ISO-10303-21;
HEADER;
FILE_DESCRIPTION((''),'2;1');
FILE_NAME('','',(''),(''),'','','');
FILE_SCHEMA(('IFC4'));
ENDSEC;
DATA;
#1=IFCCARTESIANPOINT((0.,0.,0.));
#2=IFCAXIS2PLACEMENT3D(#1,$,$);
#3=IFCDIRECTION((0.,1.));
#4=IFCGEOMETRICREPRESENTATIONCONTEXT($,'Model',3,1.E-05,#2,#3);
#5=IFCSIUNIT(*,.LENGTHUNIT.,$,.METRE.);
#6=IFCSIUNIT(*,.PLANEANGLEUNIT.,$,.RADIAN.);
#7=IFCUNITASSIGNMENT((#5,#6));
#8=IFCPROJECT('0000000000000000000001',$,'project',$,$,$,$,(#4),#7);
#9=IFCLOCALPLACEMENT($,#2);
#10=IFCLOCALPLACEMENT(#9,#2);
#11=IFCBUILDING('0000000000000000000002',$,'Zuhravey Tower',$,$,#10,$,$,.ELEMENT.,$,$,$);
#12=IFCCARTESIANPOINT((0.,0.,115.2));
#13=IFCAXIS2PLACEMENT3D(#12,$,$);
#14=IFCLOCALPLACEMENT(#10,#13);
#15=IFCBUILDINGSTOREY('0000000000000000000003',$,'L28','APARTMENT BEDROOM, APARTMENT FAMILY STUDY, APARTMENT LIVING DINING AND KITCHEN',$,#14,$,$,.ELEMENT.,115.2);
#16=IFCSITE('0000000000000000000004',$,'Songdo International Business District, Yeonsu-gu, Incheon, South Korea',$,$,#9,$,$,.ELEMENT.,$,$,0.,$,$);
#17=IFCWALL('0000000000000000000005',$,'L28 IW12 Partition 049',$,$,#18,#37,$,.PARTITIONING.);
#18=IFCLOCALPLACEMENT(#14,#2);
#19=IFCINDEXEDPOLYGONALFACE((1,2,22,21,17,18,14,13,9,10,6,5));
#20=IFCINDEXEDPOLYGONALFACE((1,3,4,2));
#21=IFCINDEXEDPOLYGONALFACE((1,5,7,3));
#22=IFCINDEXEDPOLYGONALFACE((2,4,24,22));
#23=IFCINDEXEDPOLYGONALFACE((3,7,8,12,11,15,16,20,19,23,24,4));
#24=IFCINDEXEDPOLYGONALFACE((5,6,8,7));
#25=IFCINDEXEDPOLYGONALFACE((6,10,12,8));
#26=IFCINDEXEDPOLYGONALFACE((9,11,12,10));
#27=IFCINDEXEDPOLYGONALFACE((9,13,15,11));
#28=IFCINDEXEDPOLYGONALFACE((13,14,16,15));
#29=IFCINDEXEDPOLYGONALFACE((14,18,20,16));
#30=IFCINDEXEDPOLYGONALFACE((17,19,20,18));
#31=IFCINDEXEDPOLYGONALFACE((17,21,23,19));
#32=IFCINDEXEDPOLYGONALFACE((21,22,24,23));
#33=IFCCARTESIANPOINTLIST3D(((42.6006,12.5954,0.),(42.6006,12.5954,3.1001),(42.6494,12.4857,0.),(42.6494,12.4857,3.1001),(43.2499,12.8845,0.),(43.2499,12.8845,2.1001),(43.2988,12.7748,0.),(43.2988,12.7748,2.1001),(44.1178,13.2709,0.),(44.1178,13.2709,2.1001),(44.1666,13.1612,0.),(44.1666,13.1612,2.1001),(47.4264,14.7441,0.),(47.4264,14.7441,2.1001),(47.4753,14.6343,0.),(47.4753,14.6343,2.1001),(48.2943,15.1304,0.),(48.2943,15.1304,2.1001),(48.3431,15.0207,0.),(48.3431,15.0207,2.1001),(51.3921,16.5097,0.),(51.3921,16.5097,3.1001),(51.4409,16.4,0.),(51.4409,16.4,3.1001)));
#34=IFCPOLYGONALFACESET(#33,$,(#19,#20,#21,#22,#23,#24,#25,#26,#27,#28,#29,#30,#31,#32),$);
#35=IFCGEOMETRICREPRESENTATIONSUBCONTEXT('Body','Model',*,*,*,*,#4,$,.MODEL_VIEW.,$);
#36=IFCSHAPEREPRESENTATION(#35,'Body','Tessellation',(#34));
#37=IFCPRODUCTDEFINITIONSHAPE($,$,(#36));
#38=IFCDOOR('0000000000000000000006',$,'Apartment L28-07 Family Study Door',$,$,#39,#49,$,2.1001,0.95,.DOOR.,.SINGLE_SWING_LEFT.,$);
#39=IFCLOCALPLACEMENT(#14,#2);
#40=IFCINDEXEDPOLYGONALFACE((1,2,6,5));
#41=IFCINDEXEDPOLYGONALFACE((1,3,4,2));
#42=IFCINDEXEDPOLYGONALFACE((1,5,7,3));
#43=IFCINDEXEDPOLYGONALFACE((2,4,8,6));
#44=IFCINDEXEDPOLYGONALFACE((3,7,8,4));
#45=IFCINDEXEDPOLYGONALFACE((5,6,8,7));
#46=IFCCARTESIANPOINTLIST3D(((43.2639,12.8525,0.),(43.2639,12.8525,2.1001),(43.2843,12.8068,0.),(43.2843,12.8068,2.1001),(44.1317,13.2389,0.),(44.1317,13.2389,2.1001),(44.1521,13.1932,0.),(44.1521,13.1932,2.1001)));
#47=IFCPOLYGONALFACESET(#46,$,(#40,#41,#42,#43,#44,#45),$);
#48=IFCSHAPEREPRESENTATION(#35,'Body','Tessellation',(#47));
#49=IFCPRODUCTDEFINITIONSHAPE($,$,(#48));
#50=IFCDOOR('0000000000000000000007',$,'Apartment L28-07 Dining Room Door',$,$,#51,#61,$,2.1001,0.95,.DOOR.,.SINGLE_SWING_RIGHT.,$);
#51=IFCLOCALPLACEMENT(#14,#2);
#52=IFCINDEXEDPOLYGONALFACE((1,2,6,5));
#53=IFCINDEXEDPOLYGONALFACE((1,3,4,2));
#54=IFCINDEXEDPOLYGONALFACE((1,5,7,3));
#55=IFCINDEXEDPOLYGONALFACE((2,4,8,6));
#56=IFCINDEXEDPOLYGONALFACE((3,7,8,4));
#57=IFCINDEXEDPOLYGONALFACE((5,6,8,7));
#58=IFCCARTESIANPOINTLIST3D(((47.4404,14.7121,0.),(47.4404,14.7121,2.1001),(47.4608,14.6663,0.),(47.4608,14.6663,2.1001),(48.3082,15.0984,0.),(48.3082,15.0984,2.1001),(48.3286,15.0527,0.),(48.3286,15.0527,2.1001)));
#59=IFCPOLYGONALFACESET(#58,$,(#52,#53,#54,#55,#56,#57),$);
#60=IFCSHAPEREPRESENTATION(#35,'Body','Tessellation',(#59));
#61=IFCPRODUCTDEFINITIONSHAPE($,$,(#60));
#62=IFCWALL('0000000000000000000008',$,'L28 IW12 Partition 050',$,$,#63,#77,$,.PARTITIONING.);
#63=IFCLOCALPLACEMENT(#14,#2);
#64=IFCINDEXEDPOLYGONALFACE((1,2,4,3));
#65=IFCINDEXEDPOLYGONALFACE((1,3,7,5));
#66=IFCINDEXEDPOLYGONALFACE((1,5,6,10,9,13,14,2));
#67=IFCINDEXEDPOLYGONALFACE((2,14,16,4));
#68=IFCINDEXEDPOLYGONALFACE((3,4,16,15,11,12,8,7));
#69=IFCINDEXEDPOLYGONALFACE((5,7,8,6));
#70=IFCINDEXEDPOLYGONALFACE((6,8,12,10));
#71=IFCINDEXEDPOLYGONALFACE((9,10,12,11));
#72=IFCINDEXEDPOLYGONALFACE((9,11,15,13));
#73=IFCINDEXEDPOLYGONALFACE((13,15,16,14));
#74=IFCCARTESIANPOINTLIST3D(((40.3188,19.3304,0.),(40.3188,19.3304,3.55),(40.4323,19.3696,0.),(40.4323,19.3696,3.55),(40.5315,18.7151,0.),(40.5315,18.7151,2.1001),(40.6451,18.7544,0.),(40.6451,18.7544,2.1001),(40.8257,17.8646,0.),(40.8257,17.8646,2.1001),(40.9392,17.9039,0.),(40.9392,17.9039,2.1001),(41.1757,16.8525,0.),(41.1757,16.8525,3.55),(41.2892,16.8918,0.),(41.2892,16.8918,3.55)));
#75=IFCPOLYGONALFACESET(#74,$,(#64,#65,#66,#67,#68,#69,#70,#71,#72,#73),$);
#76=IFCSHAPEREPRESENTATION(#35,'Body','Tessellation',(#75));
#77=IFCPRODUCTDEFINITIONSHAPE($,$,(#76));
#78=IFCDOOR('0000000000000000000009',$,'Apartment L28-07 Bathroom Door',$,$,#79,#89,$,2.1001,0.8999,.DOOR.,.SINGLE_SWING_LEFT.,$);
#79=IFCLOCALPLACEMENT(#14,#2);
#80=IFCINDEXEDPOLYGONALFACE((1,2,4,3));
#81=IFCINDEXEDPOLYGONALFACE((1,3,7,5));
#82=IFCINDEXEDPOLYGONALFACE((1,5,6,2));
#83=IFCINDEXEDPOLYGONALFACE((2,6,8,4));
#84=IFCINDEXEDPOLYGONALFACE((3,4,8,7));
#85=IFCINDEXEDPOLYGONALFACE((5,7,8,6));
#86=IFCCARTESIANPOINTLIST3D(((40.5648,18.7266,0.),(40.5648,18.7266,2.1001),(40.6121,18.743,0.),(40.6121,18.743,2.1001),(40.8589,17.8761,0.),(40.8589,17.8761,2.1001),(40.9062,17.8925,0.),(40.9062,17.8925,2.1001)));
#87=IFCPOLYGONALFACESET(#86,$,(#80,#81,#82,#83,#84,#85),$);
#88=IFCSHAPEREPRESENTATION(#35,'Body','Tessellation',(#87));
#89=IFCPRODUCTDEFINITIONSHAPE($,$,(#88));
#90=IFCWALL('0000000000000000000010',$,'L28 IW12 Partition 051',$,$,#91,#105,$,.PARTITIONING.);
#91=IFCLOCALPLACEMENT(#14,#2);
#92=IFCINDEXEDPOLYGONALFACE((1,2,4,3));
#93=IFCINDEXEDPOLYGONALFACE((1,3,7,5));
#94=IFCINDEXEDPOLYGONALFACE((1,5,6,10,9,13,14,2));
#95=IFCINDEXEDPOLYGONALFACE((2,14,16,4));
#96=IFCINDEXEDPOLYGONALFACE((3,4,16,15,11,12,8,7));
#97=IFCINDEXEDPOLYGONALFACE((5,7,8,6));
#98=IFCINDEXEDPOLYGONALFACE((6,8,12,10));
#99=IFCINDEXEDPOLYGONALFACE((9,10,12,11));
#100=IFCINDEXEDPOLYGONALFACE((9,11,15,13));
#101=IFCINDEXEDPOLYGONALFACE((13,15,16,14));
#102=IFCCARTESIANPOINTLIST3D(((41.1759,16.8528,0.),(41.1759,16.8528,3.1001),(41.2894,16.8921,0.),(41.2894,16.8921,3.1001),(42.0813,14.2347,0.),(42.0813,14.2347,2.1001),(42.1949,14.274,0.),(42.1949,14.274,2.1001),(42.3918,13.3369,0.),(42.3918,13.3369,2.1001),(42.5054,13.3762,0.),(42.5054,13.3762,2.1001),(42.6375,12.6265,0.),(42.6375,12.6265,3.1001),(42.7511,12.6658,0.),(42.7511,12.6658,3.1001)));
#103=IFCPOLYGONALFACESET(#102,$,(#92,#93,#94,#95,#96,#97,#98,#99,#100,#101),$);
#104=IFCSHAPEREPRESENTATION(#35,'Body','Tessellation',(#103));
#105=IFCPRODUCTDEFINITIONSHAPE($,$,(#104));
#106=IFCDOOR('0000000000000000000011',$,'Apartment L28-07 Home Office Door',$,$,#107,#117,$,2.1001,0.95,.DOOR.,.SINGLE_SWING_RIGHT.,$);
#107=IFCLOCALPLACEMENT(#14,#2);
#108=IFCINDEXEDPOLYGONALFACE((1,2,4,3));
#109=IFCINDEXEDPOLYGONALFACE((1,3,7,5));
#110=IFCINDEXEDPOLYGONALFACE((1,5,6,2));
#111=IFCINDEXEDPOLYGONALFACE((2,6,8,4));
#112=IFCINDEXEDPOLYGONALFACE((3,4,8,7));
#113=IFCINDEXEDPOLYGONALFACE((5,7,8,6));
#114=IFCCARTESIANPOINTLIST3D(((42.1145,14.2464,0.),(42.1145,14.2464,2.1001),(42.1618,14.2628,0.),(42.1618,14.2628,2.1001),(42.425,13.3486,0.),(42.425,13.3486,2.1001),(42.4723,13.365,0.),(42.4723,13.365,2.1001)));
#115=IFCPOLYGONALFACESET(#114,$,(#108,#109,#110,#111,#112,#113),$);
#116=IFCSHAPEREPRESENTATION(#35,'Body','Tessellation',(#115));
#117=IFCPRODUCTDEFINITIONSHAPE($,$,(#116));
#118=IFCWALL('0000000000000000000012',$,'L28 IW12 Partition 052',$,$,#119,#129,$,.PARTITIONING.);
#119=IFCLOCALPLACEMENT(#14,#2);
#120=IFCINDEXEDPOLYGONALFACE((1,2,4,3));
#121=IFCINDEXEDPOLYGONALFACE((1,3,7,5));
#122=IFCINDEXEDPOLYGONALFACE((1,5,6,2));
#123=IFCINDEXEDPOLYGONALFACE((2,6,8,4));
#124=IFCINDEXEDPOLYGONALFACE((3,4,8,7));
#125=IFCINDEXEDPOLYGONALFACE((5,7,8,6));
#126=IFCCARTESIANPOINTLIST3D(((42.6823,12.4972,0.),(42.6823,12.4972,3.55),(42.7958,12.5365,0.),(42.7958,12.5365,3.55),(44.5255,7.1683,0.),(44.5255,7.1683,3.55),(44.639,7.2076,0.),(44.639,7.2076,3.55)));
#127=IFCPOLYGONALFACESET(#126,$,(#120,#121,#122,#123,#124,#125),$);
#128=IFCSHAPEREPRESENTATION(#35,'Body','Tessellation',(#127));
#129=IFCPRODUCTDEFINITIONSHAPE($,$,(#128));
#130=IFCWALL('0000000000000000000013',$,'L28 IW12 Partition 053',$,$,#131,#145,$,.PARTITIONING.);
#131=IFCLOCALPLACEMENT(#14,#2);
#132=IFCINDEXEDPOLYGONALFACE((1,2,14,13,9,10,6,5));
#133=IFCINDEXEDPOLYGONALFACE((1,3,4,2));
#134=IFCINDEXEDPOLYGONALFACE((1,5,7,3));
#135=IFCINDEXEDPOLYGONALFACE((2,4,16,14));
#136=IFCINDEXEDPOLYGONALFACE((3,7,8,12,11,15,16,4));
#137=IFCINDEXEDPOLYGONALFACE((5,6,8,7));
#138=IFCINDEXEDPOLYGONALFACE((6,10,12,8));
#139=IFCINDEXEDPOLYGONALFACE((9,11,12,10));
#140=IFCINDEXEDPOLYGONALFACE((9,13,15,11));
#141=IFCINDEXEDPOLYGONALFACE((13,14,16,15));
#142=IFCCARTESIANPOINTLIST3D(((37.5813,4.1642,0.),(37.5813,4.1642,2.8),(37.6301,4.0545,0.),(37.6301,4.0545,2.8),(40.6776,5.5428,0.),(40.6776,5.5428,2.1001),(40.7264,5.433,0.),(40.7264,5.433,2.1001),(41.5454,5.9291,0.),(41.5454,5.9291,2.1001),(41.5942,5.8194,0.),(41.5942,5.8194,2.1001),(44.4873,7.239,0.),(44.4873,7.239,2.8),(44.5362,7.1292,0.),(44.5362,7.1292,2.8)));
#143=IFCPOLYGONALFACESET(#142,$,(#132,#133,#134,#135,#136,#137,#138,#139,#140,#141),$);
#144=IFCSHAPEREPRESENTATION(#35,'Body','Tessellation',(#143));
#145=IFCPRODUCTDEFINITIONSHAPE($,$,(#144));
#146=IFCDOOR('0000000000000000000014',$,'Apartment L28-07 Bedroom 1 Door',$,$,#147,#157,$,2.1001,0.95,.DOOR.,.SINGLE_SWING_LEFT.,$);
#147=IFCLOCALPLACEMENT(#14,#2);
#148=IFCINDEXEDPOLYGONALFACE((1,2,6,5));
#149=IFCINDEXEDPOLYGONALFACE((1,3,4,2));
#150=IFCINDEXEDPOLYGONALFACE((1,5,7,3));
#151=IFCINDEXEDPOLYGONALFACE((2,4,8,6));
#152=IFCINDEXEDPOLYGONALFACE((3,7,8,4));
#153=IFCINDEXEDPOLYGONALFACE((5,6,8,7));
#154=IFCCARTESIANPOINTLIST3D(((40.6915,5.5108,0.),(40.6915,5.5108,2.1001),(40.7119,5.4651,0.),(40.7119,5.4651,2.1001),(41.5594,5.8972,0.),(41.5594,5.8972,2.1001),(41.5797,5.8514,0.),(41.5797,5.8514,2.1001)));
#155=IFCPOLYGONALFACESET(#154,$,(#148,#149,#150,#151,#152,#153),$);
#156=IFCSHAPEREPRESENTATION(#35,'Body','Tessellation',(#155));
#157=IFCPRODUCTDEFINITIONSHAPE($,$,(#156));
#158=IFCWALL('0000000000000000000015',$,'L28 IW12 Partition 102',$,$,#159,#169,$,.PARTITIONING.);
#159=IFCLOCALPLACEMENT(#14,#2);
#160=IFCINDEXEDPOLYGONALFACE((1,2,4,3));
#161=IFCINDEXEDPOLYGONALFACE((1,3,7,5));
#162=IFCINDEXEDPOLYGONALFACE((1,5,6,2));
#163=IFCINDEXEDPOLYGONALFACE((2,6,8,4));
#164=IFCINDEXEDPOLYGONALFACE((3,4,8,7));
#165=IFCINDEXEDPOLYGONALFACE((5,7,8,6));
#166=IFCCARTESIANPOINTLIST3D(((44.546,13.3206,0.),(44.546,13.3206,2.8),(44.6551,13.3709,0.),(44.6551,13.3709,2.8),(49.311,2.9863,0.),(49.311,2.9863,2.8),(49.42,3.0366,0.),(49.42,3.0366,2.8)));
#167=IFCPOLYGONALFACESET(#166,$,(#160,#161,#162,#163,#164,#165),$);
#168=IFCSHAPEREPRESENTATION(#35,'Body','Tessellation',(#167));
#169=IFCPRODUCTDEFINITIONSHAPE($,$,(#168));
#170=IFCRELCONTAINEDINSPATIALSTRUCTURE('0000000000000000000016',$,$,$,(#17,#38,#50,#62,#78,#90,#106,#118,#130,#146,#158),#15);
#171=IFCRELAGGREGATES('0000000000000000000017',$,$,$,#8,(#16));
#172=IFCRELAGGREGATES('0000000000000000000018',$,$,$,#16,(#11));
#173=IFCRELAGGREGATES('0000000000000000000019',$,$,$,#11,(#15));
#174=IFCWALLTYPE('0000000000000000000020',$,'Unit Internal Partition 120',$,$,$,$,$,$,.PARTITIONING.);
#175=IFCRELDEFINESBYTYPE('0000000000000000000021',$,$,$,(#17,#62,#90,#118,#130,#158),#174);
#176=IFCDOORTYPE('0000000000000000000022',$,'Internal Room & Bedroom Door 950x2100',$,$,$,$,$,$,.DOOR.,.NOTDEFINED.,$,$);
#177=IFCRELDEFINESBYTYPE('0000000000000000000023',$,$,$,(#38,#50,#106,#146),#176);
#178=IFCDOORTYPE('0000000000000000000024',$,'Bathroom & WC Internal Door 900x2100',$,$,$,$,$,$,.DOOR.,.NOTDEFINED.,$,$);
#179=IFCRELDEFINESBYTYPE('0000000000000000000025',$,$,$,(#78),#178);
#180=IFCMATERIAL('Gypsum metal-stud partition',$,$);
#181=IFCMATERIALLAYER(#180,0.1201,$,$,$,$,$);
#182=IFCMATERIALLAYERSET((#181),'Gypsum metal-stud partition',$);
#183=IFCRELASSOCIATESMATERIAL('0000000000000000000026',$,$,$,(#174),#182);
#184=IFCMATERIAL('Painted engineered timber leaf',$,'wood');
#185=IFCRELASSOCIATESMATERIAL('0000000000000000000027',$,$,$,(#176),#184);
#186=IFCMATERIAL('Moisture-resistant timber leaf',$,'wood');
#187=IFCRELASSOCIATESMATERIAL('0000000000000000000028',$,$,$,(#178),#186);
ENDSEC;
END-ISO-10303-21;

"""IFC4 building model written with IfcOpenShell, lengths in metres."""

from ifc_helpers import new_model, si_unit, direction, frame, frame_2d, origin, place, context, subcontext, project, spatial, rectangle, extrude, material, layer, layer_set, type_object, element, fill, save


model = new_model("IFC4")

# Units and contexts
model_context = context("Model", 3, precision=1e-05, world=origin(), true_north=direction((0.0, 1.0)))
body_context = subcontext(model_context, "Body", "Model", "MODEL_VIEW")
ifc_project = project(units=[si_unit("LENGTHUNIT", "METRE"), si_unit("PLANEANGLEUNIT", "RADIAN")], contexts=[model_context])

# Site, building, storey
site_placement = place(None, origin())
site = spatial("IfcSite", under=ifc_project, at=site_placement, Name="Songdo International Business District, Yeonsu-gu, Incheon, South Korea", CompositionType="ELEMENT", RefElevation=0.0)
building_placement = place(site_placement, origin())
building = spatial("IfcBuilding", under=site, at=building_placement, Name="Zuhravey Tower", CompositionType="ELEMENT")
storey_placement = place(building_placement, frame((0.0, 0.0, 115.2)))
storey = spatial("IfcBuildingStorey", under=building, at=storey_placement, Name="L28", Description="APARTMENT BEDROOM, APARTMENT FAMILY STUDY, APARTMENT LIVING DINING AND KITCHEN", CompositionType="ELEMENT", Elevation=115.2)

# Wall, openings, doors
ifc_material_1 = material(Name="Gypsum metal-stud partition")
ifc_layer_1 = layer(ifc_material_1, 0.1201)
ifc_layer_set_1 = layer_set([ifc_layer_1], Name="Gypsum metal-stud partition")
wall_type = type_object("IfcWallType", Name="Unit Internal Partition 120", PredefinedType="PARTITIONING", material=ifc_layer_set_1)
wall_1_placement = place(storey_placement, frame((42.625, 12.5405, 0.0), z_axis=(0.0, 0.0, 1.0), x_axis=(0.913542, 0.406743, 0.0)))
wall_1 = element("IfcWall", 1, at=wall_1_placement, inside=storey, type_object=wall_type, Name="L28 IW12 Partition 049", PredefinedType="PARTITIONING", context=body_context, shape_type="SweptSolid", body=[
    extrude(rectangle(XDim=9.6235, YDim=0.1201, at=frame_2d((4.8118, 0.0))), origin(), (0.0, 0.0, 1.0), 3.1001),
])
opening_1_placement = place(wall_1_placement, frame((0.7107, 0.0, 0.0)))
opening_1 = element("IfcOpeningElement", 2, at=opening_1_placement, cuts=wall_1, PredefinedType="OPENING", context=body_context, shape_type="SweptSolid", body=[
    extrude(rectangle(XDim=0.95, YDim=2.1001, at=frame_2d((0.4751, 1.05))), frame((0.0, 0.072, 0.0), z_axis=(0.0, -1.0, 0.0), x_axis=(1.0, 0.0, 0.0)), (0.0, 0.0, 1.0), 0.144),
])
opening_2_placement = place(wall_1_placement, frame((5.2825, 0.0, 0.0)))
opening_2 = element("IfcOpeningElement", 3, at=opening_2_placement, cuts=wall_1, PredefinedType="OPENING", context=body_context, shape_type="SweptSolid", body=[
    extrude(rectangle(XDim=0.95, YDim=2.1001, at=frame_2d((0.4751, 1.05))), frame((0.0, 0.072, 0.0), z_axis=(0.0, -1.0, 0.0), x_axis=(1.0, 0.0, 0.0)), (0.0, 0.0, 1.0), 0.144),
])
ifc_material_2 = material(Name="Painted engineered timber leaf", Category="wood")
door_type_1 = type_object("IfcDoorType", Name="Internal Room & Bedroom Door 950x2100", OperationType="NOTDEFINED", PredefinedType="DOOR", material=ifc_material_2)
door_1_placement = place(opening_1_placement, frame((0.95, 0.0, 0.0), z_axis=(0.0, 0.0, 1.0), x_axis=(-1.0, 0.0, 0.0)))
door_1 = element("IfcDoor", 4, at=door_1_placement, inside=storey, type_object=door_type_1, Name="Apartment L28-07 Family Study Door", OperationType="SINGLE_SWING_LEFT", OverallHeight=2.1001, OverallWidth=0.95, PredefinedType="DOOR", context=body_context, shape_type="SweptSolid", body=[
    extrude(rectangle(XDim=0.95, YDim=2.1001, at=frame_2d((0.4751, 1.05))), frame((0.0, 0.0249, 0.0), z_axis=(0.0, -1.0, 0.0), x_axis=(1.0, 0.0, 0.0)), (0.0, 0.0, 1.0), 0.05),
])
fill(opening_1, door_1)
door_2_placement = place(opening_2_placement, frame((0.95, 0.0, 0.0), z_axis=(0.0, 0.0, 1.0), x_axis=(-1.0, 0.0, 0.0)))
door_2 = element("IfcDoor", 5, at=door_2_placement, inside=storey, type_object=door_type_1, Name="Apartment L28-07 Dining Room Door", OperationType="SINGLE_SWING_RIGHT", OverallHeight=2.1001, OverallWidth=0.95, PredefinedType="DOOR", context=body_context, shape_type="SweptSolid", body=[
    extrude(rectangle(XDim=0.95, YDim=2.1001, at=frame_2d((0.4751, 1.05))), frame((0.0, 0.0249, 0.0), z_axis=(0.0, -1.0, 0.0), x_axis=(1.0, 0.0, 0.0)), (0.0, 0.0, 1.0), 0.05),
])
fill(opening_2, door_2)

# Walls, openings, doors
wall_2_placement = place(storey_placement, frame((40.3755, 19.3501, 0.0), z_axis=(0.0, 0.0, 1.0), x_axis=(0.326851, -0.945076, 0.0)))
wall_2 = element("IfcWall", 6, at=wall_2_placement, inside=storey, type_object=wall_type, Name="L28 IW12 Partition 050", PredefinedType="PARTITIONING", context=body_context, shape_type="SweptSolid", body=[
    extrude(rectangle(XDim=2.6218, YDim=0.1201, at=frame_2d((1.311, 0.0))), origin(), (0.0, 0.0, 1.0), 3.55),
])
opening_3_placement = place(wall_2_placement, frame((0.6511, 0.0, 0.0)))
opening_3 = element("IfcOpeningElement", 7, at=opening_3_placement, cuts=wall_2, PredefinedType="OPENING", context=body_context, shape_type="SweptSolid", body=[
    extrude(rectangle(XDim=0.8999, YDim=2.1001, at=frame_2d((0.45, 1.05))), frame((0.0, 0.072, 0.0), z_axis=(0.0, -1.0, 0.0), x_axis=(1.0, 0.0, 0.0)), (0.0, 0.0, 1.0), 0.144),
])
ifc_material_3 = material(Name="Moisture-resistant timber leaf", Category="wood")
door_type_2 = type_object("IfcDoorType", Name="Bathroom & WC Internal Door 900x2100", OperationType="NOTDEFINED", PredefinedType="DOOR", material=ifc_material_3)
door_3_placement = place(opening_3_placement, frame((0.8999, 0.0, 0.0), z_axis=(0.0, 0.0, 1.0), x_axis=(-1.0, 0.0, 0.0)))
door_3 = element("IfcDoor", 8, at=door_3_placement, inside=storey, type_object=door_type_2, Name="Apartment L28-07 Bathroom Door", OperationType="SINGLE_SWING_LEFT", OverallHeight=2.1001, OverallWidth=0.8999, PredefinedType="DOOR", context=body_context, shape_type="SweptSolid", body=[
    extrude(rectangle(XDim=0.8999, YDim=2.1001, at=frame_2d((0.45, 1.05))), frame((0.0, 0.0249, 0.0), z_axis=(0.0, -1.0, 0.0), x_axis=(1.0, 0.0, 0.0)), (0.0, 0.0, 1.0), 0.05),
])
fill(opening_3, door_3)
wall_3_placement = place(storey_placement, frame((41.2327, 16.8723, 0.0), z_axis=(0.0, 0.0, 1.0), x_axis=(0.326854, -0.945075, 0.0)))
wall_3 = element("IfcWall", 9, at=wall_3_placement, inside=storey, type_object=wall_type, Name="L28 IW12 Partition 051", PredefinedType="PARTITIONING", context=body_context, shape_type="SweptSolid", body=[
    extrude(rectangle(XDim=4.4719, YDim=0.1201, at=frame_2d((2.2358, 0.0))), origin(), (0.0, 0.0, 1.0), 3.1001),
])
opening_4_placement = place(wall_3_placement, frame((2.77, 0.0, 0.0)))
opening_4 = element("IfcOpeningElement", 10, at=opening_4_placement, cuts=wall_3, PredefinedType="OPENING", context=body_context, shape_type="SweptSolid", body=[
    extrude(rectangle(XDim=0.95, YDim=2.1001, at=frame_2d((0.4751, 1.05))), frame((0.0, 0.072, 0.0), z_axis=(0.0, -1.0, 0.0), x_axis=(1.0, 0.0, 0.0)), (0.0, 0.0, 1.0), 0.144),
])
door_4_placement = place(opening_4_placement, frame((0.95, 0.0, 0.0), z_axis=(0.0, 0.0, 1.0), x_axis=(-1.0, 0.0, 0.0)))
door_4 = element("IfcDoor", 11, at=door_4_placement, inside=storey, type_object=door_type_1, Name="Apartment L28-07 Home Office Door", OperationType="SINGLE_SWING_RIGHT", OverallHeight=2.1001, OverallWidth=0.95, PredefinedType="DOOR", context=body_context, shape_type="SweptSolid", body=[
    extrude(rectangle(XDim=0.95, YDim=2.1001, at=frame_2d((0.4751, 1.05))), frame((0.0, 0.0249, 0.0), z_axis=(0.0, -1.0, 0.0), x_axis=(1.0, 0.0, 0.0)), (0.0, 0.0, 1.0), 0.05),
])
fill(opening_4, door_4)

# Wall
wall_4_placement = place(storey_placement, frame((42.739, 12.5168, 0.0), z_axis=(0.0, 0.0, 1.0), x_axis=(0.326898, -0.94506, 0.0)))
element("IfcWall", 12, at=wall_4_placement, inside=storey, type_object=wall_type, Name="L28 IW12 Partition 052", PredefinedType="PARTITIONING", context=body_context, shape_type="SweptSolid", body=[
    extrude(rectangle(XDim=5.6387, YDim=0.1201, at=frame_2d((2.8193, 0.0))), origin(), (0.0, 0.0, 1.0), 3.55),
])

# Wall, opening, door
wall_5_placement = place(storey_placement, frame((37.6057, 4.1094, 0.0), z_axis=(0.0, 0.0, 1.0), x_axis=(0.913548, 0.406732, 0.0)))
wall_5 = element("IfcWall", 13, at=wall_5_placement, inside=storey, type_object=wall_type, Name="L28 IW12 Partition 053", PredefinedType="PARTITIONING", context=body_context, shape_type="SweptSolid", body=[
    extrude(rectangle(XDim=7.5596, YDim=0.1201, at=frame_2d((3.7798, 0.0))), origin(), (0.0, 0.0, 1.0), 2.8),
])
opening_5_placement = place(wall_5_placement, frame((3.3892, 0.0, 0.0)))
opening_5 = element("IfcOpeningElement", 14, at=opening_5_placement, cuts=wall_5, PredefinedType="OPENING", context=body_context, shape_type="SweptSolid", body=[
    extrude(rectangle(XDim=0.95, YDim=2.1001, at=frame_2d((0.4751, 1.05))), frame((0.0, 0.072, 0.0), z_axis=(0.0, -1.0, 0.0), x_axis=(1.0, 0.0, 0.0)), (0.0, 0.0, 1.0), 0.144),
])
door_5_placement = place(opening_5_placement, frame((0.95, 0.0, 0.0), z_axis=(0.0, 0.0, 1.0), x_axis=(-1.0, 0.0, 0.0)))
door_5 = element("IfcDoor", 15, at=door_5_placement, inside=storey, type_object=door_type_1, Name="Apartment L28-07 Bedroom 1 Door", OperationType="SINGLE_SWING_LEFT", OverallHeight=2.1001, OverallWidth=0.95, PredefinedType="DOOR", context=body_context, shape_type="SweptSolid", body=[
    extrude(rectangle(XDim=0.95, YDim=2.1001, at=frame_2d((0.4751, 1.05))), frame((0.0, 0.0249, 0.0), z_axis=(0.0, -1.0, 0.0), x_axis=(1.0, 0.0, 0.0)), (0.0, 0.0, 1.0), 0.05),
])
fill(opening_5, door_5)

# Wall
wall_6_placement = place(storey_placement, frame((44.6006, 13.3457, 0.0), z_axis=(0.0, 0.0, 1.0), x_axis=(0.418714, -0.908118, 0.0)))
element("IfcWall", 16, at=wall_6_placement, inside=storey, type_object=wall_type, Name="L28 IW12 Partition 102", PredefinedType="PARTITIONING", context=body_context, shape_type="SweptSolid", body=[
    extrude(rectangle(XDim=11.3799, YDim=0.1201, at=frame_2d((5.6899, 0.0))), origin(), (0.0, 0.0, 1.0), 2.8),
])

save(model, "model.ifc")
